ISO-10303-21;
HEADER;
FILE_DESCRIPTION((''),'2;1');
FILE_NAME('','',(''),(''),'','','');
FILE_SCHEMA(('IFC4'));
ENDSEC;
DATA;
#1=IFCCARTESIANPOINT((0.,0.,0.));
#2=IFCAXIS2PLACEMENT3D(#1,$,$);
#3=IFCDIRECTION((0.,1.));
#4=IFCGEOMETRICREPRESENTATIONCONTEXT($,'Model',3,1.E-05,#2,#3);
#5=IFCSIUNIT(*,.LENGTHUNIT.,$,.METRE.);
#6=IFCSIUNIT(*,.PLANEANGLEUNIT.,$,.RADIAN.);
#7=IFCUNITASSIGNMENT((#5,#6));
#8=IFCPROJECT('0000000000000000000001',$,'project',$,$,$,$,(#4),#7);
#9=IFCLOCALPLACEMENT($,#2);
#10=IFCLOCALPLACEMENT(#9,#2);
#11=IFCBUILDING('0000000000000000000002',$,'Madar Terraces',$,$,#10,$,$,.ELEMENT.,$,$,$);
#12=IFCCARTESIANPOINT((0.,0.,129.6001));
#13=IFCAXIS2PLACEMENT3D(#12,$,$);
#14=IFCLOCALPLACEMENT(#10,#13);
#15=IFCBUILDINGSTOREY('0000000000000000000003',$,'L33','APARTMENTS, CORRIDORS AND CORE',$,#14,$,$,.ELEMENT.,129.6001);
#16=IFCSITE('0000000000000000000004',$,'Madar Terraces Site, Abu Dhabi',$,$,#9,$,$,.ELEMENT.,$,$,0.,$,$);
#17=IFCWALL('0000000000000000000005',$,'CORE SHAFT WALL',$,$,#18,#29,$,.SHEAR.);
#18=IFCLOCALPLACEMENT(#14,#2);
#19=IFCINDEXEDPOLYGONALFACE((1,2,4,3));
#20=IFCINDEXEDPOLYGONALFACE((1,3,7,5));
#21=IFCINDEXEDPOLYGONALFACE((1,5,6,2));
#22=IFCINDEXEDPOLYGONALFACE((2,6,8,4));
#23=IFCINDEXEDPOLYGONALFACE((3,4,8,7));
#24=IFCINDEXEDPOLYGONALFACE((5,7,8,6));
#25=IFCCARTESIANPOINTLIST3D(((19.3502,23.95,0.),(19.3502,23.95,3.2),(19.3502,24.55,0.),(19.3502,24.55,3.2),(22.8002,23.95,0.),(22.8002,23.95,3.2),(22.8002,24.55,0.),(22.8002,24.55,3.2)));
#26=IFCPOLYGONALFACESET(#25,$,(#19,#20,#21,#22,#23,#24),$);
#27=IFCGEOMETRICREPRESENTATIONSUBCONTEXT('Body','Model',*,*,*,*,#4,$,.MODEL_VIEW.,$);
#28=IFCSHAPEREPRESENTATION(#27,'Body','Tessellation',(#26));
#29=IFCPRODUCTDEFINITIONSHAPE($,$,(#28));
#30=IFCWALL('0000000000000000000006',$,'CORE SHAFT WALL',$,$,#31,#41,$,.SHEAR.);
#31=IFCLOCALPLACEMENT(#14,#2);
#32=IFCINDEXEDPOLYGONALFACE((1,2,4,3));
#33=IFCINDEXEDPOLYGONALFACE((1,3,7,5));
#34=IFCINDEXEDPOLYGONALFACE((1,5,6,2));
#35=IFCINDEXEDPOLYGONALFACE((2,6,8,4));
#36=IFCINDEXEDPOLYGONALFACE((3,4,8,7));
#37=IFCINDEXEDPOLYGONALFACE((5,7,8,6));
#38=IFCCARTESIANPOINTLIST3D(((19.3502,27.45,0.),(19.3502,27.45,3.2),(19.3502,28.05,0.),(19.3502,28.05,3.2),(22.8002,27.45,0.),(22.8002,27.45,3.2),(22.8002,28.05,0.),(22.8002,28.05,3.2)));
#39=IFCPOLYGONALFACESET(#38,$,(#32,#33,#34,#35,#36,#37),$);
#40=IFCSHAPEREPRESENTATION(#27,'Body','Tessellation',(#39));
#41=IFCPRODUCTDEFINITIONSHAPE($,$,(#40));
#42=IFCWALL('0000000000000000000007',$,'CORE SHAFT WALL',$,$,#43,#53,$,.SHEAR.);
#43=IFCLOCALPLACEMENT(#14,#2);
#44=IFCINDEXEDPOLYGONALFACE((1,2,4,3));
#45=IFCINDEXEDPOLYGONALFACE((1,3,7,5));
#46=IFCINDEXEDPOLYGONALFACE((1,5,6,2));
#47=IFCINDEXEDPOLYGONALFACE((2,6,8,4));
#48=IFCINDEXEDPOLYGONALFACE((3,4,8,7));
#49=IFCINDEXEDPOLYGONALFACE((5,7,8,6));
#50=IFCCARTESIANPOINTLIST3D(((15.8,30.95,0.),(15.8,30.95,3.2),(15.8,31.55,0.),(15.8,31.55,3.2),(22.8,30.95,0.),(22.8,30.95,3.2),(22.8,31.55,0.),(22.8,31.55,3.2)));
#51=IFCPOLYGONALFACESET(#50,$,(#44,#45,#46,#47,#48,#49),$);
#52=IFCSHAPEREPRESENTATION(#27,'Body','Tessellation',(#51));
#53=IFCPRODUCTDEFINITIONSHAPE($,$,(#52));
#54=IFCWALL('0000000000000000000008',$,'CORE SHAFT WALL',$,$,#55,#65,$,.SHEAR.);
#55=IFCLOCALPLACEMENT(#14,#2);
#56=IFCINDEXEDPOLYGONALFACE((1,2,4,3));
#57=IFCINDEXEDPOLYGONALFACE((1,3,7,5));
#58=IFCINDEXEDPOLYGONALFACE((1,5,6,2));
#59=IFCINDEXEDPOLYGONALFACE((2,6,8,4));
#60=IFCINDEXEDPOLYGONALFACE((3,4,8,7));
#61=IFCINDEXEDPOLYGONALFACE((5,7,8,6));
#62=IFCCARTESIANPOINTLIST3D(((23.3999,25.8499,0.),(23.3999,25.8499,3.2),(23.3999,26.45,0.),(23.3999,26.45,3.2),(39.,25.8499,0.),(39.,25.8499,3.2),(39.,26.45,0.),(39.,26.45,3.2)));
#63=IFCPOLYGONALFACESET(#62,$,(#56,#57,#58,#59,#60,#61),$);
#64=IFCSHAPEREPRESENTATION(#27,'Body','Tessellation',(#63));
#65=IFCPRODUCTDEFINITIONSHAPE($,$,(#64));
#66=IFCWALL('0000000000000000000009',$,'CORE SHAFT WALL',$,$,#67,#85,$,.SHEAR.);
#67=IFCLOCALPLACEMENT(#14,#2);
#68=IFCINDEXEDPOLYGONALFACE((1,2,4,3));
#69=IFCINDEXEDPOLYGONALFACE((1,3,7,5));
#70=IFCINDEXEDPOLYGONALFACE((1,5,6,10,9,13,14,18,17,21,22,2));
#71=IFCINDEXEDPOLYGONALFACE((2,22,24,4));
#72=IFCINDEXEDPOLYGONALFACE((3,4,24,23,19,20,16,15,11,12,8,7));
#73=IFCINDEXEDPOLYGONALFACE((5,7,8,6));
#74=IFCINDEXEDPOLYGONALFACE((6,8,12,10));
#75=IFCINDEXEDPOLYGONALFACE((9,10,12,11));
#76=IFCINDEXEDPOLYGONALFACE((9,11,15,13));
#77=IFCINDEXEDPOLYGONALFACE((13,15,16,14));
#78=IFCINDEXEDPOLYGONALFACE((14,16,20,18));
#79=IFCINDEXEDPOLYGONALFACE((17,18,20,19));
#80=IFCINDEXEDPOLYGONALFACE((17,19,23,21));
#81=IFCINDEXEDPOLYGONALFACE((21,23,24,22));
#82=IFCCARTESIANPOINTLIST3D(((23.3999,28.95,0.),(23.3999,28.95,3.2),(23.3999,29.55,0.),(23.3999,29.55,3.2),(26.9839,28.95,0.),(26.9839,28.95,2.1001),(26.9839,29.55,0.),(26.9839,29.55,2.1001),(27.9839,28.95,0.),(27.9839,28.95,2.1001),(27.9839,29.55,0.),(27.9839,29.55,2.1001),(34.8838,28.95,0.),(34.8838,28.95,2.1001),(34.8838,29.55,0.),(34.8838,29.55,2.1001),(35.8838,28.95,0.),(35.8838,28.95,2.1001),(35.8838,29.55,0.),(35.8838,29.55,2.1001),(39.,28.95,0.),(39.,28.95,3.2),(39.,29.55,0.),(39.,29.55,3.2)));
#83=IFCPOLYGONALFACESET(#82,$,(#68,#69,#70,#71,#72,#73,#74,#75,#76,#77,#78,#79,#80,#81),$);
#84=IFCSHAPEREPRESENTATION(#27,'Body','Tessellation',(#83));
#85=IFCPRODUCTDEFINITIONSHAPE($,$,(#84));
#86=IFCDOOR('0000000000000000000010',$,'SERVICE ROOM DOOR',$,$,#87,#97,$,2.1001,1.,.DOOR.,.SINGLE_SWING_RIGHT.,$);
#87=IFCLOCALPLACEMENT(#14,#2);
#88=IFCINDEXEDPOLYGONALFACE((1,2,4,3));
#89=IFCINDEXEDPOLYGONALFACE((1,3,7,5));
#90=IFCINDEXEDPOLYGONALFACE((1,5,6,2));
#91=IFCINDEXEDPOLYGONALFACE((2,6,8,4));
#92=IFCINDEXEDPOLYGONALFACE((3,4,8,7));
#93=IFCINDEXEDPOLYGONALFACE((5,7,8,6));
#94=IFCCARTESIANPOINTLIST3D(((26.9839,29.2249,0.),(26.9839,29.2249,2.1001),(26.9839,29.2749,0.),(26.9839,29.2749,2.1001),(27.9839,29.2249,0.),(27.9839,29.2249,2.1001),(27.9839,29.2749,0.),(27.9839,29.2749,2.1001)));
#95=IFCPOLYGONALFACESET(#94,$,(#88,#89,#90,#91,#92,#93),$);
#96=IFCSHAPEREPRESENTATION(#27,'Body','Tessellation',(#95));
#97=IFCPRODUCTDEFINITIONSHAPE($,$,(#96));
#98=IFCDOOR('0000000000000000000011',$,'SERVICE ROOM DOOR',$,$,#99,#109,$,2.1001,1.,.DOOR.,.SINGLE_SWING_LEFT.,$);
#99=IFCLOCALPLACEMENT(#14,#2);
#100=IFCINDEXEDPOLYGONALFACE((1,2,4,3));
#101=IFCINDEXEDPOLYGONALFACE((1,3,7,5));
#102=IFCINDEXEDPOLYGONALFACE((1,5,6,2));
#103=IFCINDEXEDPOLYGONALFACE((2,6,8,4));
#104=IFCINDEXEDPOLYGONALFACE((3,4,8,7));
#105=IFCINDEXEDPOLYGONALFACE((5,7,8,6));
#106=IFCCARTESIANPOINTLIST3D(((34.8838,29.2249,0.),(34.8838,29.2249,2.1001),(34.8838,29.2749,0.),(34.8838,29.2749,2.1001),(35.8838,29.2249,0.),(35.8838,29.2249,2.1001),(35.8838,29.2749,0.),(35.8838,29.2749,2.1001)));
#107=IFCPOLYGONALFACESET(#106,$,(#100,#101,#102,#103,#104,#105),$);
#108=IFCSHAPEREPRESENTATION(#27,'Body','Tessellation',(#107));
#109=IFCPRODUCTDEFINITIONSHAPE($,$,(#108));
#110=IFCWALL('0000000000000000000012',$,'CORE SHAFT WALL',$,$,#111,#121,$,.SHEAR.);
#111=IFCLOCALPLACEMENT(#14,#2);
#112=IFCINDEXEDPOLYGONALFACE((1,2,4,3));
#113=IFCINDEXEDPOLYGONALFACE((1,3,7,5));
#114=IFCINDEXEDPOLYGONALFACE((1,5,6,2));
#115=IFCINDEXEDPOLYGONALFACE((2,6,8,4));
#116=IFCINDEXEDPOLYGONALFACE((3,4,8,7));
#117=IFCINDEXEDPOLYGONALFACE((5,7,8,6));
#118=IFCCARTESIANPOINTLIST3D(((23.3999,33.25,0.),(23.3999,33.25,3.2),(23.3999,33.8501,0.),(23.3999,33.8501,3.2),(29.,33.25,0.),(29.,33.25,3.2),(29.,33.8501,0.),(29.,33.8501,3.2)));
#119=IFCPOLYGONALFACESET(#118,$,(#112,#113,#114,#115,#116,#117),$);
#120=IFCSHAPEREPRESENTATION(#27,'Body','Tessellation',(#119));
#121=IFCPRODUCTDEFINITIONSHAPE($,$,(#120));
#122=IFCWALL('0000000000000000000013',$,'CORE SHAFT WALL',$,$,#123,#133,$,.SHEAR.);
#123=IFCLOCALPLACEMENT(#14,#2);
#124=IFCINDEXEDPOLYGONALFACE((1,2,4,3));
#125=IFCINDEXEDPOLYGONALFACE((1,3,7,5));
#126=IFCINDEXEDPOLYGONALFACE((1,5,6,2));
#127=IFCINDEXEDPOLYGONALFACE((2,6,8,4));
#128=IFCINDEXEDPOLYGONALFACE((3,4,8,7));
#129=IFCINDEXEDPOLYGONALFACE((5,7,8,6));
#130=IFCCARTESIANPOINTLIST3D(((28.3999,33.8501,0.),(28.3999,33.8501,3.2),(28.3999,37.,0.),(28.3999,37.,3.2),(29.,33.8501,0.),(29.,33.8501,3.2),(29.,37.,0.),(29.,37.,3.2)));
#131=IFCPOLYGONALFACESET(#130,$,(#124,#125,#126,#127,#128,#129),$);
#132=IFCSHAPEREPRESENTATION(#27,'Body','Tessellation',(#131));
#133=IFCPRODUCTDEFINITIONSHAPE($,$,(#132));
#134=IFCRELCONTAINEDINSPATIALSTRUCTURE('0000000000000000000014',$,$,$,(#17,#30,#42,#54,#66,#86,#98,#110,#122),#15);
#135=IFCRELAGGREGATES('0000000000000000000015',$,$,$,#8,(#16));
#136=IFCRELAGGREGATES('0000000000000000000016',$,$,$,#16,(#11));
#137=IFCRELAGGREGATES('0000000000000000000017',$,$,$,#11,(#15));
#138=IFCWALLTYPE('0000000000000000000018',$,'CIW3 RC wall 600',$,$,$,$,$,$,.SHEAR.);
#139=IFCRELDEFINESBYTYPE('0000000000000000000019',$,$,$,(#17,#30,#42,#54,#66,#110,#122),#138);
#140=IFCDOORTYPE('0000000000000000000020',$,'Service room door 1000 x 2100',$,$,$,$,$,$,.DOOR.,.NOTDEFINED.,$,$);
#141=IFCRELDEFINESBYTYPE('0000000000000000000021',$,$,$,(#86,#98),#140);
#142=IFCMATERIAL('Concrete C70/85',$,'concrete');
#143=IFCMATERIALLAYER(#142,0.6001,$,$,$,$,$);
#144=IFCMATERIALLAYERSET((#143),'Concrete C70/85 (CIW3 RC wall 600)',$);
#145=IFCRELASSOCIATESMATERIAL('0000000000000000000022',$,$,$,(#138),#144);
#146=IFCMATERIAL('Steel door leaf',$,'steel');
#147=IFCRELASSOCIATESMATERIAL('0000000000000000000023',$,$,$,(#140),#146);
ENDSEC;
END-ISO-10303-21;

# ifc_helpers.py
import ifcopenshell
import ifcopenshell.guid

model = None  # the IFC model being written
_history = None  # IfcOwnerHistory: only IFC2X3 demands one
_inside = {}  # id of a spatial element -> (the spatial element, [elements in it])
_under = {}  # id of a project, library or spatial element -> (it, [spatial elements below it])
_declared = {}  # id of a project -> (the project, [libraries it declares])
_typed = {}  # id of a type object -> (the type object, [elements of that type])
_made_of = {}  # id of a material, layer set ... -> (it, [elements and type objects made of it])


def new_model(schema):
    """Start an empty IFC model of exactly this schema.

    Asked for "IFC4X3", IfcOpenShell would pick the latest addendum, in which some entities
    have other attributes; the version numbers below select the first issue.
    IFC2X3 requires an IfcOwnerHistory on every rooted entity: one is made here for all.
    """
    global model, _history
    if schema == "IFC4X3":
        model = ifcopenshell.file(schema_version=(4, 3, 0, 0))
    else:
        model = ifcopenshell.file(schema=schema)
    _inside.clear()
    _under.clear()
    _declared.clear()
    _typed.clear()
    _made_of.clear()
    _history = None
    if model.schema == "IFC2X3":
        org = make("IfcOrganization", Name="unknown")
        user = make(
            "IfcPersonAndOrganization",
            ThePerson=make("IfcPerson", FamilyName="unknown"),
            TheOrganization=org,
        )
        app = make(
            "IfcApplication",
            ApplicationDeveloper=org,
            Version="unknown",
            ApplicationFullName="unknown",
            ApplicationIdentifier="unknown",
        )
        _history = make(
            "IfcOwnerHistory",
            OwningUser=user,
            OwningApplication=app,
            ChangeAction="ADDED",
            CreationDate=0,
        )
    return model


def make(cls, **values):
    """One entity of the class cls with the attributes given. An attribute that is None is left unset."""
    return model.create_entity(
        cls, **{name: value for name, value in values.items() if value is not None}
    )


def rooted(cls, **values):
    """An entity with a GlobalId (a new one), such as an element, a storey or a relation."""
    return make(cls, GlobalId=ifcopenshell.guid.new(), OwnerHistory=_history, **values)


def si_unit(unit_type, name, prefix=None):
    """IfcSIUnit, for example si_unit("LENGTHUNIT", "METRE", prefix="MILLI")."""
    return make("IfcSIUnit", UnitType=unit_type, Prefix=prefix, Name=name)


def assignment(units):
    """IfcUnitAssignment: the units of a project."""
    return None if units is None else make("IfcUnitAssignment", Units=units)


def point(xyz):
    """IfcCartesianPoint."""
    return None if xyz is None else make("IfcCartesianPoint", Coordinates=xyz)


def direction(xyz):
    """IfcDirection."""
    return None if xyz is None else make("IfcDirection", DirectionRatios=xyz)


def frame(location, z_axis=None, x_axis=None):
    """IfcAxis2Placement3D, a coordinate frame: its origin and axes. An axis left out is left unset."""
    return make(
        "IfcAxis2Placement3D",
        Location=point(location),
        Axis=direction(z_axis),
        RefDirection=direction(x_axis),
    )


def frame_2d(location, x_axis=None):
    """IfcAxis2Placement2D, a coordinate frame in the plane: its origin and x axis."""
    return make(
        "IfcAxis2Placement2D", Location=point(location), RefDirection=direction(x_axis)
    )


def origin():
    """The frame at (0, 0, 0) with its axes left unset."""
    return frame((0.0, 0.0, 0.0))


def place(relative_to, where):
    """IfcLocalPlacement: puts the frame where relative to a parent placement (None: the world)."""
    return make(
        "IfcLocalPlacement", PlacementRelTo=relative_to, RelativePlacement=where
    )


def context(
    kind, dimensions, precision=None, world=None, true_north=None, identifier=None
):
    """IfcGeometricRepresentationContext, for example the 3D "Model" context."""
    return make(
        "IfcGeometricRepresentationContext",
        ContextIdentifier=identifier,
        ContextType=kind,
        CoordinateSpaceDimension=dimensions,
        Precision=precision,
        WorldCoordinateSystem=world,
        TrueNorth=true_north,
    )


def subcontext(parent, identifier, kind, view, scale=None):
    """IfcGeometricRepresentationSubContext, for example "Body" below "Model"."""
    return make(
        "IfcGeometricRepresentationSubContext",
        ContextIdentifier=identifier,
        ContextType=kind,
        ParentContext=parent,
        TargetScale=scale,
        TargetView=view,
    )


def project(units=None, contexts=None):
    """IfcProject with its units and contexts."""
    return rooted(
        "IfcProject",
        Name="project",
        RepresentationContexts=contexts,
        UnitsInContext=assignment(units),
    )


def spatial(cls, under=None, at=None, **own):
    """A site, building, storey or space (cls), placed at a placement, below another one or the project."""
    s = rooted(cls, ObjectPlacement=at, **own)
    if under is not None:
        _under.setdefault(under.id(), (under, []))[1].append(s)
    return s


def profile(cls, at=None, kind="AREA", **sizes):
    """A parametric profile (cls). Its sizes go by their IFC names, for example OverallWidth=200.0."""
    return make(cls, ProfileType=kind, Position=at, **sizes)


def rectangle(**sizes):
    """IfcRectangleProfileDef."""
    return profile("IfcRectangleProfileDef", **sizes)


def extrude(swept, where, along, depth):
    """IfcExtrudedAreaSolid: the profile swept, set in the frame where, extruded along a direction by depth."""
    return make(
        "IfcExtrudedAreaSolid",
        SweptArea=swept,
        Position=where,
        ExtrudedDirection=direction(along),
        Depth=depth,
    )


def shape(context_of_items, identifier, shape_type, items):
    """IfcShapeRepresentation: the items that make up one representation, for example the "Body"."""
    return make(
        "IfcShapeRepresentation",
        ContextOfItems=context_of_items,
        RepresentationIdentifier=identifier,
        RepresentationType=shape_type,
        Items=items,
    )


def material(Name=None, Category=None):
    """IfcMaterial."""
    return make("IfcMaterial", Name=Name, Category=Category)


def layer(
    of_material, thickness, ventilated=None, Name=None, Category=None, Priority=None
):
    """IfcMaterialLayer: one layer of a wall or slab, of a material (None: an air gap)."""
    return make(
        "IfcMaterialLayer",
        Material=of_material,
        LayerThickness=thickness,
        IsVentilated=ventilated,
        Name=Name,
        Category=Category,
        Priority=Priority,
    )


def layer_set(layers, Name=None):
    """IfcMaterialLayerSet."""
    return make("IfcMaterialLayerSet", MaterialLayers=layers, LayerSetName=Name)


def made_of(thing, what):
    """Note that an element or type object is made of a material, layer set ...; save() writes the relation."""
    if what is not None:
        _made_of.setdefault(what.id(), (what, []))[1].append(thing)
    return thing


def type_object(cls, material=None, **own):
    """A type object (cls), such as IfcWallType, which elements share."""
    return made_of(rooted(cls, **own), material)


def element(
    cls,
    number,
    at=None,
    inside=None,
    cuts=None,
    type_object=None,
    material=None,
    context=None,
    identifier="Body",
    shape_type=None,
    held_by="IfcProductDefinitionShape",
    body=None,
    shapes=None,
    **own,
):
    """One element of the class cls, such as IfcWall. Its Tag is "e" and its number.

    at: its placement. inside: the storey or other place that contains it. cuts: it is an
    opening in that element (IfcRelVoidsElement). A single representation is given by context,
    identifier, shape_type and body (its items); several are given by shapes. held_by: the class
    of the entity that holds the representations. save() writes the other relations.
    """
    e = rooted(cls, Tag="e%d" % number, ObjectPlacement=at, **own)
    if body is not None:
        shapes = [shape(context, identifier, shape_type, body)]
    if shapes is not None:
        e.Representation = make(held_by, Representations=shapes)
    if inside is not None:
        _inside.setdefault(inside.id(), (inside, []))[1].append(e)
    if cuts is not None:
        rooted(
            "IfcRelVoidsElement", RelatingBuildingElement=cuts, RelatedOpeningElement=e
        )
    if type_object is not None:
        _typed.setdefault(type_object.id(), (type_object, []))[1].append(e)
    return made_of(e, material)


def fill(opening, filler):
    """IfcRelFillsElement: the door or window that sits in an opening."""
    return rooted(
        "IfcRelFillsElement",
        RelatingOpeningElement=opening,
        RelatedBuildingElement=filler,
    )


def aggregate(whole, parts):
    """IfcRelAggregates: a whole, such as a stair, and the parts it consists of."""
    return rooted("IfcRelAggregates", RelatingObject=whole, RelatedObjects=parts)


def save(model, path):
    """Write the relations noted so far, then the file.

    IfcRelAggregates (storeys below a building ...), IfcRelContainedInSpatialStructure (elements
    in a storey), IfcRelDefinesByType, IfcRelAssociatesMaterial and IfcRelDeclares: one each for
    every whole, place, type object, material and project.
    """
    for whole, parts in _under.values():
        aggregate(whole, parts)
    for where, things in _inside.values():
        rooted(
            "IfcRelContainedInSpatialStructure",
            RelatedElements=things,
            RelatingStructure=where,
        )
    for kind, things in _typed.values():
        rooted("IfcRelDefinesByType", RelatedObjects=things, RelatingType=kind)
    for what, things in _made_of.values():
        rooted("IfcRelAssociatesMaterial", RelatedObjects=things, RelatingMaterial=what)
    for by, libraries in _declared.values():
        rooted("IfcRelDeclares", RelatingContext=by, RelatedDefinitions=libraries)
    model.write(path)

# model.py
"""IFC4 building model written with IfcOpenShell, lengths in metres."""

from ifc_helpers import new_model, si_unit, direction, frame, frame_2d, origin, place, context, subcontext, project, spatial, rectangle, extrude, material, layer, layer_set, type_object, element, fill, save


model = new_model("IFC4")

# Units and contexts
model_context = context("Model", 3, precision=1e-05, world=origin(), true_north=direction((0.0, 1.0)))
body_context = subcontext(model_context, "Body", "Model", "MODEL_VIEW")
ifc_project = project(units=[si_unit("LENGTHUNIT", "METRE"), si_unit("PLANEANGLEUNIT", "RADIAN")], contexts=[model_context])

# Site, building, storey
site_placement = place(None, origin())
site = spatial("IfcSite", under=ifc_project, at=site_placement, Name="Madar Terraces Site, Abu Dhabi", CompositionType="ELEMENT", RefElevation=0.0)
building_placement = place(site_placement, origin())
building = spatial("IfcBuilding", under=site, at=building_placement, Name="Madar Terraces", CompositionType="ELEMENT")
storey_placement = place(building_placement, frame((0.0, 0.0, 129.6001)))
storey = spatial("IfcBuildingStorey", under=building, at=storey_placement, Name="L33", Description="APARTMENTS, CORRIDORS AND CORE", CompositionType="ELEMENT", Elevation=129.6001)

# Walls
ifc_material_1 = material(Name="Concrete C70/85", Category="concrete")
ifc_layer_1 = layer(ifc_material_1, 0.6001)
ifc_layer_set_1 = layer_set([ifc_layer_1], Name="Concrete C70/85 (CIW3 RC wall 600)")
wall_type_1 = type_object("IfcWallType", Name="CIW3 RC wall 600", PredefinedType="SHEAR", material=ifc_layer_set_1)
for number, where, z_axis, x_axis, name in (
    (1, (19.3501, 24.25, 0.0), (0.0, 0.0, 1.0), (1.0, 0.0, 0.0), "CORE SHAFT WALL"),
    (2, (19.3501, 27.75, 0.0), (0.0, 0.0, 1.0), (1.0, 0.0, 0.0), "CORE SHAFT WALL"),
):
    element("IfcWall", number, at=place(storey_placement, frame(where, z_axis=z_axis, x_axis=x_axis)), inside=storey, type_object=wall_type_1, Name=name, PredefinedType="SHEAR", context=body_context, shape_type="SweptSolid", body=[
        extrude(rectangle(XDim=3.45, YDim=0.6001, at=frame_2d((1.7251, 0.0))), origin(), (0.0, 0.0, 1.0), 3.2),
    ])
wall_1_placement = place(storey_placement, frame((15.8, 31.25, 0.0), z_axis=(0.0, 0.0, 1.0), x_axis=(1.0, 0.0, 0.0)))
element("IfcWall", 3, at=wall_1_placement, inside=storey, type_object=wall_type_1, Name="CORE SHAFT WALL", PredefinedType="SHEAR", context=body_context, shape_type="SweptSolid", body=[
    extrude(rectangle(XDim=7.0, YDim=0.6001, at=frame_2d((3.5, 0.0))), origin(), (0.0, 0.0, 1.0), 3.2),
])
wall_2_placement = place(storey_placement, frame((23.3999, 26.1499, 0.0), z_axis=(0.0, 0.0, 1.0), x_axis=(1.0, 0.0, 0.0)))
element("IfcWall", 4, at=wall_2_placement, inside=storey, type_object=wall_type_1, Name="CORE SHAFT WALL", PredefinedType="SHEAR", context=body_context, shape_type="SweptSolid", body=[
    extrude(rectangle(XDim=15.6001, YDim=0.6001, at=frame_2d((7.8, 0.0))), origin(), (0.0, 0.0, 1.0), 3.2),
])

# Wall, openings, doors
wall_3_placement = place(storey_placement, frame((23.3999, 29.25, 0.0), z_axis=(0.0, 0.0, 1.0), x_axis=(1.0, 0.0, 0.0)))
wall_3 = element("IfcWall", 5, at=wall_3_placement, inside=storey, type_object=wall_type_1, Name="CORE SHAFT WALL", PredefinedType="SHEAR", context=body_context, shape_type="SweptSolid", body=[
    extrude(rectangle(XDim=15.6001, YDim=0.6001, at=frame_2d((7.8, 0.0))), origin(), (0.0, 0.0, 1.0), 3.2),
])
opening_1_placement = place(wall_3_placement, frame((3.584, 0.0, 0.0)))
opening_1 = element("IfcOpeningElement", 6, at=opening_1_placement, cuts=wall_3, PredefinedType="OPENING", context=body_context, shape_type="SweptSolid", body=[
    extrude(rectangle(XDim=1.0, YDim=2.1001, at=frame_2d((0.5, 1.05))), frame((0.0, 0.3101, 0.0), z_axis=(0.0, -1.0, 0.0), x_axis=(1.0, 0.0, 0.0)), (0.0, 0.0, 1.0), 0.6201),
])
opening_2_placement = place(wall_3_placement, frame((11.4839, 0.0, 0.0)))
opening_2 = element("IfcOpeningElement", 7, at=opening_2_placement, cuts=wall_3, PredefinedType="OPENING", context=body_context, shape_type="SweptSolid", body=[
    extrude(rectangle(XDim=1.0, YDim=2.1001, at=frame_2d((0.5, 1.05))), frame((0.0, 0.3101, 0.0), z_axis=(0.0, -1.0, 0.0), x_axis=(1.0, 0.0, 0.0)), (0.0, 0.0, 1.0), 0.6201),
])
ifc_material_2 = material(Name="Steel door leaf", Category="steel")
door_type_1 = type_object("IfcDoorType", Name="Service room door 1000 x 2100", OperationType="NOTDEFINED", PredefinedType="DOOR", material=ifc_material_2)
door_1_placement = place(opening_1_placement, origin())
door_1 = element("IfcDoor", 8, at=door_1_placement, inside=storey, type_object=door_type_1, Name="SERVICE ROOM DOOR", OperationType="SINGLE_SWING_RIGHT", OverallHeight=2.1001, OverallWidth=1.0, PredefinedType="DOOR", context=body_context, shape_type="SweptSolid", body=[
    extrude(rectangle(XDim=1.0, YDim=2.1001, at=frame_2d((0.5, 1.05))), frame((0.0, 0.0249, 0.0), z_axis=(0.0, -1.0, 0.0), x_axis=(1.0, 0.0, 0.0)), (0.0, 0.0, 1.0), 0.05),
])
fill(opening_1, door_1)
door_2_placement = place(opening_2_placement, origin())
door_2 = element("IfcDoor", 9, at=door_2_placement, inside=storey, type_object=door_type_1, Name="SERVICE ROOM DOOR", OperationType="SINGLE_SWING_LEFT", OverallHeight=2.1001, OverallWidth=1.0, PredefinedType="DOOR", context=body_context, shape_type="SweptSolid", body=[
    extrude(rectangle(XDim=1.0, YDim=2.1001, at=frame_2d((0.5, 1.05))), frame((0.0, 0.0249, 0.0), z_axis=(0.0, -1.0, 0.0), x_axis=(1.0, 0.0, 0.0)), (0.0, 0.0, 1.0), 0.05),
])
fill(opening_2, door_2)

# Walls
wall_4_placement = place(storey_placement, frame((23.3999, 33.55, 0.0), z_axis=(0.0, 0.0, 1.0), x_axis=(1.0, 0.0, 0.0)))
element("IfcWall", 10, at=wall_4_placement, inside=storey, type_object=wall_type_1, Name="CORE SHAFT WALL", PredefinedType="SHEAR", context=body_context, shape_type="SweptSolid", body=[
    extrude(rectangle(XDim=5.6001, YDim=0.6001, at=frame_2d((2.8, 0.0))), origin(), (0.0, 0.0, 1.0), 3.2),
])
wall_5_placement = place(storey_placement, frame((28.7, 33.8501, 0.0), z_axis=(0.0, 0.0, 1.0), x_axis=(0.0, 1.0, 0.0)))
element("IfcWall", 11, at=wall_5_placement, inside=storey, type_object=wall_type_1, Name="CORE SHAFT WALL", PredefinedType="SHEAR", context=body_context, shape_type="SweptSolid", body=[
    extrude(rectangle(XDim=3.1499, YDim=0.6001, at=frame_2d((1.575, 0.0))), origin(), (0.0, 0.0, 1.0), 3.2),
])

save(model, "model.ifc")
